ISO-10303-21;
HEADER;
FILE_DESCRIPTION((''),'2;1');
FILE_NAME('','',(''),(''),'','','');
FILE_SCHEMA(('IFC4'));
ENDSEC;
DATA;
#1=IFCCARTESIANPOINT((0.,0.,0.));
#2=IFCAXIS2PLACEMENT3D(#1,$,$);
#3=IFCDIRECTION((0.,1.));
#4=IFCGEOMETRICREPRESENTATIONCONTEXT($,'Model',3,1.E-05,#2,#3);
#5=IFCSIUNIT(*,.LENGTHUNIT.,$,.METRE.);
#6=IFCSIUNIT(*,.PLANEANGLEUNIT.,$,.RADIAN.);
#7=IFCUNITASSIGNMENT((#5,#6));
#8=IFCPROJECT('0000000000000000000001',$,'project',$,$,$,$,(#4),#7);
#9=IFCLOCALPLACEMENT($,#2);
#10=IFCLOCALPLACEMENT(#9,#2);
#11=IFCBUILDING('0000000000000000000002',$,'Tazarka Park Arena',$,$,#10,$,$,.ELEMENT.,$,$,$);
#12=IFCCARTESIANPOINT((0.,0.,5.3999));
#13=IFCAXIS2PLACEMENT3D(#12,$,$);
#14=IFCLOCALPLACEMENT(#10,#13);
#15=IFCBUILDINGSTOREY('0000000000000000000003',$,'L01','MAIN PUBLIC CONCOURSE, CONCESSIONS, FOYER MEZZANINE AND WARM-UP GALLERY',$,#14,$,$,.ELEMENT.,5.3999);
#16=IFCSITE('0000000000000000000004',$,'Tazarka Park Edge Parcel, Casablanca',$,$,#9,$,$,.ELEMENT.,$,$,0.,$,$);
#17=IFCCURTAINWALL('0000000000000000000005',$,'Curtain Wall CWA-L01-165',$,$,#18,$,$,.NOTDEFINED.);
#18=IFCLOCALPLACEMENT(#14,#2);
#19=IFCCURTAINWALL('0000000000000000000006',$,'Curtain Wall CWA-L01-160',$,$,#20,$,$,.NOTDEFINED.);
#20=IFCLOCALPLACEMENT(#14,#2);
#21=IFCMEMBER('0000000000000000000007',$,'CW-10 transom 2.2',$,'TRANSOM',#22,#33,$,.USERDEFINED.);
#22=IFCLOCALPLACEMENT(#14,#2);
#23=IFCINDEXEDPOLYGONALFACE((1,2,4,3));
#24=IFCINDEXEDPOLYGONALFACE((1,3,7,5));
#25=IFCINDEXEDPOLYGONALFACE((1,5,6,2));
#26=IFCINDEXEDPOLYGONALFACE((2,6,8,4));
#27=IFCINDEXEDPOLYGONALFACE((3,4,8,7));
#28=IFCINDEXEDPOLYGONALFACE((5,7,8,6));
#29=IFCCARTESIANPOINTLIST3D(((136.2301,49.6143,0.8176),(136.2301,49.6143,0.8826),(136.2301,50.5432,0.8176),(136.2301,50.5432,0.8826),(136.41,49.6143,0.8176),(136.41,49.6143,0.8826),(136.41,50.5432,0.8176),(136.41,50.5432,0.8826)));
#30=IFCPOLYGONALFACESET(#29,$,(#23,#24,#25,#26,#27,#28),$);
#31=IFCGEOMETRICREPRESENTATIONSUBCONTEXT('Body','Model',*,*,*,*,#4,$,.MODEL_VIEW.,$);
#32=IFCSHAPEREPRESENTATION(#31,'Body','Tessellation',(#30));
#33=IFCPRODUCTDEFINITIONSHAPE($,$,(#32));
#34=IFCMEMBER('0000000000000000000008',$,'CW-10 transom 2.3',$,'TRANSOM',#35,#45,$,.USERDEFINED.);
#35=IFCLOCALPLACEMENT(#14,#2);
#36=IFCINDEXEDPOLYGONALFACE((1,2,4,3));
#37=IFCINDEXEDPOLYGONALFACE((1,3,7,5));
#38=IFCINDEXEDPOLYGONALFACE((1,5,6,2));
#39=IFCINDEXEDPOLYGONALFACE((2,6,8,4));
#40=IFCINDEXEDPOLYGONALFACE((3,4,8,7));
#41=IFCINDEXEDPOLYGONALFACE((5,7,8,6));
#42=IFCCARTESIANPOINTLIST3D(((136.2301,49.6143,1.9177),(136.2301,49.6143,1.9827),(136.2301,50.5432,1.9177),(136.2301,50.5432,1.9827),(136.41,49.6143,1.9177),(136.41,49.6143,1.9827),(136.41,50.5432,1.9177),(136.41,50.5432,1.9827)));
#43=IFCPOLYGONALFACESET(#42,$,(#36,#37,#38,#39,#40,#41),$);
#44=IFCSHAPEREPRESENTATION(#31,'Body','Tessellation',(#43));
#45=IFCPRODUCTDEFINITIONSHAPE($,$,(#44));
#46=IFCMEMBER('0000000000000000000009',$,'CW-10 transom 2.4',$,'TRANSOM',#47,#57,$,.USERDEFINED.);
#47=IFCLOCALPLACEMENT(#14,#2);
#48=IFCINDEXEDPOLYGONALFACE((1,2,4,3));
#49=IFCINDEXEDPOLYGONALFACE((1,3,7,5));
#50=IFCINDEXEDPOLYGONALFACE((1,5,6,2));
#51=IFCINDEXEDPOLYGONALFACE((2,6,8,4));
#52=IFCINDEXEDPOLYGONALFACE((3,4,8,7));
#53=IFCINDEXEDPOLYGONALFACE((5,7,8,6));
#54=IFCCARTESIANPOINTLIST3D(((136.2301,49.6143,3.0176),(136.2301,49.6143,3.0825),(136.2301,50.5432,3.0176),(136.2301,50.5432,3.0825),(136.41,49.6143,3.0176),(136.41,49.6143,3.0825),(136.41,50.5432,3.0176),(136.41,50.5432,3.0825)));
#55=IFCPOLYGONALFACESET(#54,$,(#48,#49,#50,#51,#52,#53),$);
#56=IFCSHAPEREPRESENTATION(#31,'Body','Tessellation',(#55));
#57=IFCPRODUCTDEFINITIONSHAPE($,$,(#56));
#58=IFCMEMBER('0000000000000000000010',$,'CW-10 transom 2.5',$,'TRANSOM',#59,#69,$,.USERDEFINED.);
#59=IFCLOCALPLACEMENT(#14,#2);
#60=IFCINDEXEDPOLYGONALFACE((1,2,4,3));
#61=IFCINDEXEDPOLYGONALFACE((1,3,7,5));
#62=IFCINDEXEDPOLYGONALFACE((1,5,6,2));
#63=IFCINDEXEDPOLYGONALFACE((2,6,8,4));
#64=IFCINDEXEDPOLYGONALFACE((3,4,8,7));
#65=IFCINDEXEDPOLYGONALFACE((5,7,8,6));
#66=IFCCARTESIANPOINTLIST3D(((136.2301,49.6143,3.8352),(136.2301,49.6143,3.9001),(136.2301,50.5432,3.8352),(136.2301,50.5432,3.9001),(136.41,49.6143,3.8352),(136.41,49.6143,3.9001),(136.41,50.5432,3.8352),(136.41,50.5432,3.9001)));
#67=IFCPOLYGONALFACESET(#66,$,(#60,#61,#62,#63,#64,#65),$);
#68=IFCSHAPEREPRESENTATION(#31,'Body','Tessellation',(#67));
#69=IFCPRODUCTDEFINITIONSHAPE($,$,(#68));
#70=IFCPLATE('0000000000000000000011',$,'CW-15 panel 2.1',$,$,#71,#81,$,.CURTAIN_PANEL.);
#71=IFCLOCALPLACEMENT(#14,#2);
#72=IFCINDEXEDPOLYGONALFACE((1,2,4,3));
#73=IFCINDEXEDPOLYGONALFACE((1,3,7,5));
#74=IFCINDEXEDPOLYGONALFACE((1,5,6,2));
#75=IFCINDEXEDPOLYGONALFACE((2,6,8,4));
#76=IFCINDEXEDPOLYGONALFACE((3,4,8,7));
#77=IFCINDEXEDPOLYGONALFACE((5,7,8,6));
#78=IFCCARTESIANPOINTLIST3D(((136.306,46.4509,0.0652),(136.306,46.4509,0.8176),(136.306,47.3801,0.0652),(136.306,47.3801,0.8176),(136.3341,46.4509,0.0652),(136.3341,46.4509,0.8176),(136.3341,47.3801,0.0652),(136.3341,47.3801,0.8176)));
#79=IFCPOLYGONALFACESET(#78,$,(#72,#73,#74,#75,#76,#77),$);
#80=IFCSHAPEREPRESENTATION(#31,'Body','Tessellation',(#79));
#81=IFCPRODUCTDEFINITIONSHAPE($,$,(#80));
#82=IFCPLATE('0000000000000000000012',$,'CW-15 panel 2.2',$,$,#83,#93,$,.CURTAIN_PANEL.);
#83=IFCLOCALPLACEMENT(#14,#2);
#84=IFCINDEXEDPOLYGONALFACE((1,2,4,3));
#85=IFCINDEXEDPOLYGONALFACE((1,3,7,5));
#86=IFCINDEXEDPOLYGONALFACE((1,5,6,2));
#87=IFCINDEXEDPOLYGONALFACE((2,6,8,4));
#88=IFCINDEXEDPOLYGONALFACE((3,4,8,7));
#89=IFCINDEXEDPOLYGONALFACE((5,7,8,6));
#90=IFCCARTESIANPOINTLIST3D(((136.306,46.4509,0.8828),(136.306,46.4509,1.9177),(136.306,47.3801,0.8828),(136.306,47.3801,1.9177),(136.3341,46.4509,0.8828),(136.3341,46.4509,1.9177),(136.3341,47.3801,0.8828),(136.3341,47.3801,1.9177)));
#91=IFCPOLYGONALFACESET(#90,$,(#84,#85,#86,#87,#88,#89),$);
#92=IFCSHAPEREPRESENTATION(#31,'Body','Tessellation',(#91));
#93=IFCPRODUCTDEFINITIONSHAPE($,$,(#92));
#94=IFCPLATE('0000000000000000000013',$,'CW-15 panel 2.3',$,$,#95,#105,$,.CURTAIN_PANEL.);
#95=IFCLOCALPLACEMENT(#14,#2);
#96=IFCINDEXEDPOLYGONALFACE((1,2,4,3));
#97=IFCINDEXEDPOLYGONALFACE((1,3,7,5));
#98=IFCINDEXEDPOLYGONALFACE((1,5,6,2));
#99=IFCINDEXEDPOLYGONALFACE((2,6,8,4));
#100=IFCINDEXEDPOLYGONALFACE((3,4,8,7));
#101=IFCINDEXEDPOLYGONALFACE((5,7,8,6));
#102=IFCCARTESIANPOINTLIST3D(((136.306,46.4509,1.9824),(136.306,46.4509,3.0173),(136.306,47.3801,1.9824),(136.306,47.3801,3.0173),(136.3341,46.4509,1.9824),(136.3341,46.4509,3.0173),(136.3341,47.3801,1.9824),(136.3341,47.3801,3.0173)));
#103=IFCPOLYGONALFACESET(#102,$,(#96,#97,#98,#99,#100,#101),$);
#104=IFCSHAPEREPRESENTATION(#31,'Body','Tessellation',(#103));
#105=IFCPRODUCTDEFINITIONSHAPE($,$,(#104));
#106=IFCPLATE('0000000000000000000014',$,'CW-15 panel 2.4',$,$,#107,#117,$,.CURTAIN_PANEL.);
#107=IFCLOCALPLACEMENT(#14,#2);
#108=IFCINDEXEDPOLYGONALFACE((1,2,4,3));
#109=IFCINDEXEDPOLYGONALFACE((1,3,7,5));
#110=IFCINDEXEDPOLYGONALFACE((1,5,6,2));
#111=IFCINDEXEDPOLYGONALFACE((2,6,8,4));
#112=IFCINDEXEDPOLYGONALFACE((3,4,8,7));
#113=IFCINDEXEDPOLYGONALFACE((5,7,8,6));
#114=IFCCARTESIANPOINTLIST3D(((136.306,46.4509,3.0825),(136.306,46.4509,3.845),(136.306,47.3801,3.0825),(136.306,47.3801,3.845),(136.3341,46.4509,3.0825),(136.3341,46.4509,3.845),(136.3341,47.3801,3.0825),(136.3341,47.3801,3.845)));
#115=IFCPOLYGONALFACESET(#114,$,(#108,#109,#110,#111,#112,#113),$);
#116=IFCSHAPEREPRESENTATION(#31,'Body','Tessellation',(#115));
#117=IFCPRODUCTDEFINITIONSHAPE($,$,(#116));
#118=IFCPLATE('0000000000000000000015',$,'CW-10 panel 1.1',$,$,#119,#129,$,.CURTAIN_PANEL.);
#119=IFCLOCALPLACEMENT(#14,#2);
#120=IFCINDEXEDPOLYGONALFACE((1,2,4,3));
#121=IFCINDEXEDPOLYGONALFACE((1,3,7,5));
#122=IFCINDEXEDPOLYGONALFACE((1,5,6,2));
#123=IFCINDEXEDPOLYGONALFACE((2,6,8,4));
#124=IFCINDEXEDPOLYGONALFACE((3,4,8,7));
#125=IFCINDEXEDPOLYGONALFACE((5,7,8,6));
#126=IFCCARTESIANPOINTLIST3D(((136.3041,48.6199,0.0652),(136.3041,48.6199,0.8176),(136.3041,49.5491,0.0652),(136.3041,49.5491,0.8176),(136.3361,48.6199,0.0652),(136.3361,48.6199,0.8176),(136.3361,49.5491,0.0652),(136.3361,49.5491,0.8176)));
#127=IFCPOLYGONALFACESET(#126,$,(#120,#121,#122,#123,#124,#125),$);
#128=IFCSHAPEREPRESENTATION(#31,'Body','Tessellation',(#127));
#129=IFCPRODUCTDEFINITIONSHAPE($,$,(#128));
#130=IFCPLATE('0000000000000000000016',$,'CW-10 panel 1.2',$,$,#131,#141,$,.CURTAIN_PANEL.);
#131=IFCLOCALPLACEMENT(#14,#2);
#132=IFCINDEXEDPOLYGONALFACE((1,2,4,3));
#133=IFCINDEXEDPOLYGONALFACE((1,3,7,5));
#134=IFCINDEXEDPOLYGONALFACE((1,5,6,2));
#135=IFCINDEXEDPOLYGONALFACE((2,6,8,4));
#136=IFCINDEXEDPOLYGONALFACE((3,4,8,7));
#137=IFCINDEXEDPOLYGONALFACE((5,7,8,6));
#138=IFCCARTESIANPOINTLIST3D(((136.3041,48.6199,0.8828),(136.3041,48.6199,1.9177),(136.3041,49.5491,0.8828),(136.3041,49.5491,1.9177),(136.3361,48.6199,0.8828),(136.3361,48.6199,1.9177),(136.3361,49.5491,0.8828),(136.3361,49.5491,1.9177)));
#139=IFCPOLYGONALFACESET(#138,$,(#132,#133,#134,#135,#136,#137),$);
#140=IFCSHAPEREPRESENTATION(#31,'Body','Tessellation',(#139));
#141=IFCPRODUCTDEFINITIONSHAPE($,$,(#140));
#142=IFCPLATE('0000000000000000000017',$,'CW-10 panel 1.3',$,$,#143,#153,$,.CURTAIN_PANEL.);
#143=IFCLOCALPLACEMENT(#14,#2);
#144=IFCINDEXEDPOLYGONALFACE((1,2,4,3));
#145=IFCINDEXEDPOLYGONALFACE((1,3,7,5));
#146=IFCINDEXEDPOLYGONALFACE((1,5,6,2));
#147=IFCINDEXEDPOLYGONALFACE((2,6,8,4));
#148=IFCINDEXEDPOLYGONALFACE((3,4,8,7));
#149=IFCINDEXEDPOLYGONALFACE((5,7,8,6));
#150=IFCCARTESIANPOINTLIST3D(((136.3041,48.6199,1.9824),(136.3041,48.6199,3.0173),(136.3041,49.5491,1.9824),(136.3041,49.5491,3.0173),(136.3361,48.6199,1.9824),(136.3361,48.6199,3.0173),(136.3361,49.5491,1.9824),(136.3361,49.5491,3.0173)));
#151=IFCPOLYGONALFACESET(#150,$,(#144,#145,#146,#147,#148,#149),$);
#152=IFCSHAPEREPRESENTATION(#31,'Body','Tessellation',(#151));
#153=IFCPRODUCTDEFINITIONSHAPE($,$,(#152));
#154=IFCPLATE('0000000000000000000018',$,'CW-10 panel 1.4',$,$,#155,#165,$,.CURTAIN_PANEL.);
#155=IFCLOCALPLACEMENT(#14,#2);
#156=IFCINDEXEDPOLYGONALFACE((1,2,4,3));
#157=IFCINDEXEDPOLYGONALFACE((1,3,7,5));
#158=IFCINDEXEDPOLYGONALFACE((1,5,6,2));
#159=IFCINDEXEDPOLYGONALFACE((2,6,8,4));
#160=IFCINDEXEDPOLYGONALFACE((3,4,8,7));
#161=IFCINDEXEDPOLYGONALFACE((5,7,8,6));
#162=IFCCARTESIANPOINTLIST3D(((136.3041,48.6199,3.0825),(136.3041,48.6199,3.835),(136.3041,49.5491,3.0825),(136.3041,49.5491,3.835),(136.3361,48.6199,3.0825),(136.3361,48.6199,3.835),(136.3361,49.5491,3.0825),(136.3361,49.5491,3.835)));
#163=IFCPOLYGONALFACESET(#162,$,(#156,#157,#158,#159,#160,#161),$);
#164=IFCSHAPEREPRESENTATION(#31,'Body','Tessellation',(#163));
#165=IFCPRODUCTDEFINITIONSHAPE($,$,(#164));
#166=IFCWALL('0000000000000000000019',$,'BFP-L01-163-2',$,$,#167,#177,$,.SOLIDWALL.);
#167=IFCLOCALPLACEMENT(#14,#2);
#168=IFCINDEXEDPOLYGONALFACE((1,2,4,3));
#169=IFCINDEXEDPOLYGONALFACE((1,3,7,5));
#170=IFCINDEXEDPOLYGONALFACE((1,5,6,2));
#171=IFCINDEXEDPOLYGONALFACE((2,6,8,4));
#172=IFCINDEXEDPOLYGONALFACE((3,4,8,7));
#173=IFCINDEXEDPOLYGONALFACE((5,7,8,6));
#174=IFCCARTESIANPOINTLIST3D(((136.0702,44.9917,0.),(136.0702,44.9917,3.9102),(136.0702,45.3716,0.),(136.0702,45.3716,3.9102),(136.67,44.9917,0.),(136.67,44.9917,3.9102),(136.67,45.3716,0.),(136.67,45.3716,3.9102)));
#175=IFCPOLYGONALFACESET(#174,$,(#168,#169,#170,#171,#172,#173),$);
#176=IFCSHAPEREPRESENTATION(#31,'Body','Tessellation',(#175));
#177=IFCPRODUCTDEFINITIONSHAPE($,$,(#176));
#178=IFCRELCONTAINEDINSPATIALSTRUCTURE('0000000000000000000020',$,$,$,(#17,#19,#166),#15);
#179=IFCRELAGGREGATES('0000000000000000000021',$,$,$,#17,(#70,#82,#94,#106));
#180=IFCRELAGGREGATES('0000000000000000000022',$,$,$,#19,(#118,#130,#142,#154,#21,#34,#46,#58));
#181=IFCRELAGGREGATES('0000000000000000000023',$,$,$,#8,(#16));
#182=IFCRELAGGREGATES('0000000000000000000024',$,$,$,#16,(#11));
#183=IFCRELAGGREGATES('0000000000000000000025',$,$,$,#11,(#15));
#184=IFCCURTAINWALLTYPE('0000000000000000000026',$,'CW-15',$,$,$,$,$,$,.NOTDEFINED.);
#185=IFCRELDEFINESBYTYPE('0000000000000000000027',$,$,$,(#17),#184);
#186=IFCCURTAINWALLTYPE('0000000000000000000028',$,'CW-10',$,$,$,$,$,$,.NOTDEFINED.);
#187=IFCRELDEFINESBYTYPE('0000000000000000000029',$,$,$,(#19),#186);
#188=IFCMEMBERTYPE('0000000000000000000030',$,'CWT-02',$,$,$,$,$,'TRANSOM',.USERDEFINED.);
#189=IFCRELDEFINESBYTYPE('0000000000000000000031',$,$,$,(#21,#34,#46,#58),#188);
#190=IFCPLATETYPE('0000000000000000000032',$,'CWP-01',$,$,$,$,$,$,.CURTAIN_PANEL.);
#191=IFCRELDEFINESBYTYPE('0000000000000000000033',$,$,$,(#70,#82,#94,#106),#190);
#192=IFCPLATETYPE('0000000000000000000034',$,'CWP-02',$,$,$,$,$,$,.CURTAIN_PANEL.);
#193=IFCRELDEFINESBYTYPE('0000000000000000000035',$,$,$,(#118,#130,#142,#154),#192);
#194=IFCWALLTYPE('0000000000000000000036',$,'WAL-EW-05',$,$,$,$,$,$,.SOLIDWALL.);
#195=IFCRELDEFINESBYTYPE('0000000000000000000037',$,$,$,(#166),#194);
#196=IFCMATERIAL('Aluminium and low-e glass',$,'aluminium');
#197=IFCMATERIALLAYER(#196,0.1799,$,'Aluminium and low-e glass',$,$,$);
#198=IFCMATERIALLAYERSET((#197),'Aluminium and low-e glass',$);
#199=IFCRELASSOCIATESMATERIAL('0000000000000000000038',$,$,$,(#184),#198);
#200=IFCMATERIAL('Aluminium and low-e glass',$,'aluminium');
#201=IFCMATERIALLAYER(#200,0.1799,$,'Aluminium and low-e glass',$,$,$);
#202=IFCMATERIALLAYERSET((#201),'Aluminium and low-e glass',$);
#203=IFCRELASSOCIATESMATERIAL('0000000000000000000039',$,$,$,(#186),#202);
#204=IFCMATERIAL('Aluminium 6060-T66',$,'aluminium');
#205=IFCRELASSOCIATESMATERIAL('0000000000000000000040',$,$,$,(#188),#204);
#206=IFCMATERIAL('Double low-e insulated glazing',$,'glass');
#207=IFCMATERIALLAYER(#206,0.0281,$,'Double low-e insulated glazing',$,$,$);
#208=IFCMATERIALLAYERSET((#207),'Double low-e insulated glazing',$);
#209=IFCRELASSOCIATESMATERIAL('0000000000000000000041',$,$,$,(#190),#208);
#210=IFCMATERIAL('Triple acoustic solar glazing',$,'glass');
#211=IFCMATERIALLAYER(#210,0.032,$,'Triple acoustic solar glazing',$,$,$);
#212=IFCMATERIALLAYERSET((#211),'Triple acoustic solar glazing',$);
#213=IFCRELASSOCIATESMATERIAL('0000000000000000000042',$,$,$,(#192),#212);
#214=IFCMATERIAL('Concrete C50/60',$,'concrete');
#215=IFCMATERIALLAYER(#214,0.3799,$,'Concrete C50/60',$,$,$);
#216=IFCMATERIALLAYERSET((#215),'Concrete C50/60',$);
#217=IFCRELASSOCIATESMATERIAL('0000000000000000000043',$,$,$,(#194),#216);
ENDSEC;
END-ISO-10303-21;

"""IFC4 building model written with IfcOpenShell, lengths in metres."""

from ifc_helpers import new_model, si_unit, direction, frame, frame_2d, origin, origin_2d, place, context, subcontext, project, spatial, rectangle, extrude, material, layer, layer_set, material_profile, profile_set, type_object, element, aggregate, save


model = new_model("IFC4")

# Units and contexts
model_context = context("Model", 3, precision=1e-05, world=origin(), true_north=direction((0.0, 1.0)))
body_context = subcontext(model_context, "Body", "Model", "MODEL_VIEW")
ifc_project = project(units=[si_unit("LENGTHUNIT", "METRE"), si_unit("PLANEANGLEUNIT", "RADIAN")], contexts=[model_context])

# Site, building, storey
site_placement = place(None, origin())
site = spatial("IfcSite", under=ifc_project, at=site_placement, Name="Tazarka Park Edge Parcel, Casablanca", CompositionType="ELEMENT", RefElevation=0.0)
building_placement = place(site_placement, origin())
building = spatial("IfcBuilding", under=site, at=building_placement, Name="Tazarka Park Arena", CompositionType="ELEMENT")
storey_placement = place(building_placement, frame((0.0, 0.0, 5.3999)))
storey = spatial("IfcBuildingStorey", under=building, at=storey_placement, Name="L01", Description="MAIN PUBLIC CONCOURSE, CONCESSIONS, FOYER MEZZANINE AND WARM-UP GALLERY", CompositionType="ELEMENT", Elevation=5.3999)

# Curtain wall
ifc_material_1 = material(Name="Aluminium and low-e glass", Category="aluminium")
ifc_layer_1 = layer(ifc_material_1, 0.1799, Name="Aluminium and low-e glass")
ifc_layer_set_1 = layer_set([ifc_layer_1], Name="Aluminium and low-e glass")
curtain_wall_type_1 = type_object("IfcCurtainWallType", Name="CW-15", PredefinedType="NOTDEFINED", material=ifc_layer_set_1)
curtain_wall_1_placement = place(storey_placement, origin())
curtain_wall_1 = element("IfcCurtainWall", 1, at=curtain_wall_1_placement, inside=storey, type_object=curtain_wall_type_1, Name="Curtain Wall CWA-L01-165", PredefinedType="NOTDEFINED")

# Curtain wall
ifc_material_2 = material(Name="Aluminium and low-e glass", Category="aluminium")
ifc_layer_2 = layer(ifc_material_2, 0.1799, Name="Aluminium and low-e glass")
ifc_layer_set_2 = layer_set([ifc_layer_2], Name="Aluminium and low-e glass")
curtain_wall_type_2 = type_object("IfcCurtainWallType", Name="CW-10", PredefinedType="NOTDEFINED", material=ifc_layer_set_2)
curtain_wall_2_placement = place(storey_placement, origin())
curtain_wall_2 = element("IfcCurtainWall", 2, at=curtain_wall_2_placement, inside=storey, type_object=curtain_wall_type_2, Name="Curtain Wall CWA-L01-160", PredefinedType="NOTDEFINED")

# Members
ifc_material_3 = material(Name="Aluminium 6060-T66", Category="aluminium")
ifc_material_profile_1 = material_profile(ifc_material_3, rectangle(XDim=0.1799, YDim=0.0649, at=origin_2d()), Name="Aluminium 6060-T66")
ifc_profile_set_1 = profile_set([ifc_material_profile_1], Name="Aluminium 6060-T66")
member_type_1 = type_object("IfcMemberType", Name="CWT-02", ElementType="TRANSOM", PredefinedType="USERDEFINED", material=ifc_profile_set_1)
member_1_placement = place(storey_placement, frame((136.3201, 49.6143, 0.8501), z_axis=(0.0, 1.0, 0.0), x_axis=(-1.0, 0.0, 0.0)))
member_1 = element("IfcMember", 3, at=member_1_placement, type_object=member_type_1, Name="CW-10 transom 2.2", ObjectType="TRANSOM", PredefinedType="USERDEFINED", context=body_context, shape_type="SweptSolid", body=[
    extrude(rectangle(XDim=0.1799, YDim=0.0649, at=origin_2d()), origin(), (0.0, 0.0, 1.0), 0.929),
])
member_2_placement = place(storey_placement, frame((136.3201, 49.6143, 1.9502), z_axis=(0.0, 1.0, 0.0), x_axis=(-1.0, 0.0, 0.0)))
member_2 = element("IfcMember", 4, at=member_2_placement, type_object=member_type_1, Name="CW-10 transom 2.3", ObjectType="TRANSOM", PredefinedType="USERDEFINED", context=body_context, shape_type="SweptSolid", body=[
    extrude(rectangle(XDim=0.1799, YDim=0.0649, at=origin_2d()), origin(), (0.0, 0.0, 1.0), 0.929),
])
member_3_placement = place(storey_placement, frame((136.3201, 49.6143, 3.05), z_axis=(0.0, 1.0, 0.0), x_axis=(-1.0, 0.0, 0.0)))
member_3 = element("IfcMember", 5, at=member_3_placement, type_object=member_type_1, Name="CW-10 transom 2.4", ObjectType="TRANSOM", PredefinedType="USERDEFINED", context=body_context, shape_type="SweptSolid", body=[
    extrude(rectangle(XDim=0.1799, YDim=0.0649, at=origin_2d()), origin(), (0.0, 0.0, 1.0), 0.929),
])
member_4_placement = place(storey_placement, frame((136.3201, 49.6143, 3.8677), z_axis=(0.0, 1.0, 0.0), x_axis=(-1.0, 0.0, 0.0)))
member_4 = element("IfcMember", 6, at=member_4_placement, type_object=member_type_1, Name="CW-10 transom 2.5", ObjectType="TRANSOM", PredefinedType="USERDEFINED", context=body_context, shape_type="SweptSolid", body=[
    extrude(rectangle(XDim=0.1799, YDim=0.0649, at=origin_2d()), origin(), (0.0, 0.0, 1.0), 0.929),
])

# Plates
ifc_material_4 = material(Name="Double low-e insulated glazing", Category="glass")
ifc_layer_3 = layer(ifc_material_4, 0.0281, Name="Double low-e insulated glazing")
ifc_layer_set_3 = layer_set([ifc_layer_3], Name="Double low-e insulated glazing")
plate_type_1 = type_object("IfcPlateType", Name="CWP-01", PredefinedType="CURTAIN_PANEL", material=ifc_layer_set_3)
plate_1_placement = place(storey_placement, frame((136.3201, 46.9155, 0.0652), z_axis=(0.0, 0.0, 1.0), x_axis=(0.0, 1.0, 0.0)))
plate_1 = element("IfcPlate", 7, at=plate_1_placement, type_object=plate_type_1, Name="CW-15 panel 2.1", PredefinedType="CURTAIN_PANEL", context=body_context, shape_type="SweptSolid", body=[
    extrude(rectangle(XDim=0.9292, YDim=0.0281, at=origin_2d()), origin(), (0.0, 0.0, 1.0), 0.7524),
])
plate_2_placement = place(storey_placement, frame((136.3201, 46.9155, 0.8828), z_axis=(0.0, 0.0, 1.0), x_axis=(0.0, 1.0, 0.0)))
plate_2 = element("IfcPlate", 8, at=plate_2_placement, type_object=plate_type_1, Name="CW-15 panel 2.2", PredefinedType="CURTAIN_PANEL", context=body_context, shape_type="SweptSolid", body=[
    extrude(rectangle(XDim=0.9292, YDim=0.0281, at=origin_2d()), origin(), (0.0, 0.0, 1.0), 1.0349),
])
plate_3_placement = place(storey_placement, frame((136.3201, 46.9155, 1.9824), z_axis=(0.0, 0.0, 1.0), x_axis=(0.0, 1.0, 0.0)))
plate_3 = element("IfcPlate", 9, at=plate_3_placement, type_object=plate_type_1, Name="CW-15 panel 2.3", PredefinedType="CURTAIN_PANEL", context=body_context, shape_type="SweptSolid", body=[
    extrude(rectangle(XDim=0.9292, YDim=0.0281, at=origin_2d()), origin(), (0.0, 0.0, 1.0), 1.0349),
])
plate_4_placement = place(storey_placement, frame((136.3201, 46.9155, 3.0825), z_axis=(0.0, 0.0, 1.0), x_axis=(0.0, 1.0, 0.0)))
plate_4 = element("IfcPlate", 10, at=plate_4_placement, type_object=plate_type_1, Name="CW-15 panel 2.4", PredefinedType="CURTAIN_PANEL", context=body_context, shape_type="SweptSolid", body=[
    extrude(rectangle(XDim=0.9292, YDim=0.0281, at=origin_2d()), origin(), (0.0, 0.0, 1.0), 0.7625),
])
aggregate(curtain_wall_1, [plate_1, plate_2, plate_3, plate_4])
ifc_material_5 = material(Name="Triple acoustic solar glazing", Category="glass")
ifc_layer_4 = layer(ifc_material_5, 0.032, Name="Triple acoustic solar glazing")
ifc_layer_set_4 = layer_set([ifc_layer_4], Name="Triple acoustic solar glazing")
plate_type_2 = type_object("IfcPlateType", Name="CWP-02", PredefinedType="CURTAIN_PANEL", material=ifc_layer_set_4)
plate_5_placement = place(storey_placement, frame((136.3201, 49.0845, 0.0652), z_axis=(0.0, 0.0, 1.0), x_axis=(0.0, 1.0, 0.0)))
plate_5 = element("IfcPlate", 11, at=plate_5_placement, type_object=plate_type_2, Name="CW-10 panel 1.1", PredefinedType="CURTAIN_PANEL", context=body_context, shape_type="SweptSolid", body=[
    extrude(rectangle(XDim=0.9292, YDim=0.032, at=origin_2d()), origin(), (0.0, 0.0, 1.0), 0.7524),
])
plate_6_placement = place(storey_placement, frame((136.3201, 49.0845, 0.8828), z_axis=(0.0, 0.0, 1.0), x_axis=(0.0, 1.0, 0.0)))
plate_6 = element("IfcPlate", 12, at=plate_6_placement, type_object=plate_type_2, Name="CW-10 panel 1.2", PredefinedType="CURTAIN_PANEL", context=body_context, shape_type="SweptSolid", body=[
    extrude(rectangle(XDim=0.9292, YDim=0.032, at=origin_2d()), origin(), (0.0, 0.0, 1.0), 1.0349),
])
plate_7_placement = place(storey_placement, frame((136.3201, 49.0845, 1.9824), z_axis=(0.0, 0.0, 1.0), x_axis=(0.0, 1.0, 0.0)))
plate_7 = element("IfcPlate", 13, at=plate_7_placement, type_object=plate_type_2, Name="CW-10 panel 1.3", PredefinedType="CURTAIN_PANEL", context=body_context, shape_type="SweptSolid", body=[
    extrude(rectangle(XDim=0.9292, YDim=0.032, at=origin_2d()), origin(), (0.0, 0.0, 1.0), 1.0349),
])
plate_8_placement = place(storey_placement, frame((136.3201, 49.0845, 3.0825), z_axis=(0.0, 0.0, 1.0), x_axis=(0.0, 1.0, 0.0)))
plate_8 = element("IfcPlate", 14, at=plate_8_placement, type_object=plate_type_2, Name="CW-10 panel 1.4", PredefinedType="CURTAIN_PANEL", context=body_context, shape_type="SweptSolid", body=[
    extrude(rectangle(XDim=0.9292, YDim=0.032, at=origin_2d()), origin(), (0.0, 0.0, 1.0), 0.7524),
])
aggregate(curtain_wall_2, [plate_5, plate_6, plate_7, plate_8, member_1, member_2, member_3, member_4])

# Wall
ifc_material_6 = material(Name="Concrete C50/60", Category="concrete")
ifc_layer_5 = layer(ifc_material_6, 0.3799, Name="Concrete C50/60")
ifc_layer_set_5 = layer_set([ifc_layer_5], Name="Concrete C50/60")
wall_type = type_object("IfcWallType", Name="WAL-EW-05", PredefinedType="SOLIDWALL", material=ifc_layer_set_5)
wall_placement = place(storey_placement, frame((136.6699, 45.1816, 0.0), z_axis=(0.0, 0.0, 1.0), x_axis=(-1.0, 0.0, 0.0)))
element("IfcWall", 15, at=wall_placement, inside=storey, type_object=wall_type, Name="BFP-L01-163-2", PredefinedType="SOLIDWALL", context=body_context, shape_type="SweptSolid", body=[
    extrude(rectangle(XDim=0.5999, YDim=0.3799, at=frame_2d((0.2998, 0.0))), origin(), (0.0, 0.0, 1.0), 3.9102),
])

save(model, "model.ifc")
